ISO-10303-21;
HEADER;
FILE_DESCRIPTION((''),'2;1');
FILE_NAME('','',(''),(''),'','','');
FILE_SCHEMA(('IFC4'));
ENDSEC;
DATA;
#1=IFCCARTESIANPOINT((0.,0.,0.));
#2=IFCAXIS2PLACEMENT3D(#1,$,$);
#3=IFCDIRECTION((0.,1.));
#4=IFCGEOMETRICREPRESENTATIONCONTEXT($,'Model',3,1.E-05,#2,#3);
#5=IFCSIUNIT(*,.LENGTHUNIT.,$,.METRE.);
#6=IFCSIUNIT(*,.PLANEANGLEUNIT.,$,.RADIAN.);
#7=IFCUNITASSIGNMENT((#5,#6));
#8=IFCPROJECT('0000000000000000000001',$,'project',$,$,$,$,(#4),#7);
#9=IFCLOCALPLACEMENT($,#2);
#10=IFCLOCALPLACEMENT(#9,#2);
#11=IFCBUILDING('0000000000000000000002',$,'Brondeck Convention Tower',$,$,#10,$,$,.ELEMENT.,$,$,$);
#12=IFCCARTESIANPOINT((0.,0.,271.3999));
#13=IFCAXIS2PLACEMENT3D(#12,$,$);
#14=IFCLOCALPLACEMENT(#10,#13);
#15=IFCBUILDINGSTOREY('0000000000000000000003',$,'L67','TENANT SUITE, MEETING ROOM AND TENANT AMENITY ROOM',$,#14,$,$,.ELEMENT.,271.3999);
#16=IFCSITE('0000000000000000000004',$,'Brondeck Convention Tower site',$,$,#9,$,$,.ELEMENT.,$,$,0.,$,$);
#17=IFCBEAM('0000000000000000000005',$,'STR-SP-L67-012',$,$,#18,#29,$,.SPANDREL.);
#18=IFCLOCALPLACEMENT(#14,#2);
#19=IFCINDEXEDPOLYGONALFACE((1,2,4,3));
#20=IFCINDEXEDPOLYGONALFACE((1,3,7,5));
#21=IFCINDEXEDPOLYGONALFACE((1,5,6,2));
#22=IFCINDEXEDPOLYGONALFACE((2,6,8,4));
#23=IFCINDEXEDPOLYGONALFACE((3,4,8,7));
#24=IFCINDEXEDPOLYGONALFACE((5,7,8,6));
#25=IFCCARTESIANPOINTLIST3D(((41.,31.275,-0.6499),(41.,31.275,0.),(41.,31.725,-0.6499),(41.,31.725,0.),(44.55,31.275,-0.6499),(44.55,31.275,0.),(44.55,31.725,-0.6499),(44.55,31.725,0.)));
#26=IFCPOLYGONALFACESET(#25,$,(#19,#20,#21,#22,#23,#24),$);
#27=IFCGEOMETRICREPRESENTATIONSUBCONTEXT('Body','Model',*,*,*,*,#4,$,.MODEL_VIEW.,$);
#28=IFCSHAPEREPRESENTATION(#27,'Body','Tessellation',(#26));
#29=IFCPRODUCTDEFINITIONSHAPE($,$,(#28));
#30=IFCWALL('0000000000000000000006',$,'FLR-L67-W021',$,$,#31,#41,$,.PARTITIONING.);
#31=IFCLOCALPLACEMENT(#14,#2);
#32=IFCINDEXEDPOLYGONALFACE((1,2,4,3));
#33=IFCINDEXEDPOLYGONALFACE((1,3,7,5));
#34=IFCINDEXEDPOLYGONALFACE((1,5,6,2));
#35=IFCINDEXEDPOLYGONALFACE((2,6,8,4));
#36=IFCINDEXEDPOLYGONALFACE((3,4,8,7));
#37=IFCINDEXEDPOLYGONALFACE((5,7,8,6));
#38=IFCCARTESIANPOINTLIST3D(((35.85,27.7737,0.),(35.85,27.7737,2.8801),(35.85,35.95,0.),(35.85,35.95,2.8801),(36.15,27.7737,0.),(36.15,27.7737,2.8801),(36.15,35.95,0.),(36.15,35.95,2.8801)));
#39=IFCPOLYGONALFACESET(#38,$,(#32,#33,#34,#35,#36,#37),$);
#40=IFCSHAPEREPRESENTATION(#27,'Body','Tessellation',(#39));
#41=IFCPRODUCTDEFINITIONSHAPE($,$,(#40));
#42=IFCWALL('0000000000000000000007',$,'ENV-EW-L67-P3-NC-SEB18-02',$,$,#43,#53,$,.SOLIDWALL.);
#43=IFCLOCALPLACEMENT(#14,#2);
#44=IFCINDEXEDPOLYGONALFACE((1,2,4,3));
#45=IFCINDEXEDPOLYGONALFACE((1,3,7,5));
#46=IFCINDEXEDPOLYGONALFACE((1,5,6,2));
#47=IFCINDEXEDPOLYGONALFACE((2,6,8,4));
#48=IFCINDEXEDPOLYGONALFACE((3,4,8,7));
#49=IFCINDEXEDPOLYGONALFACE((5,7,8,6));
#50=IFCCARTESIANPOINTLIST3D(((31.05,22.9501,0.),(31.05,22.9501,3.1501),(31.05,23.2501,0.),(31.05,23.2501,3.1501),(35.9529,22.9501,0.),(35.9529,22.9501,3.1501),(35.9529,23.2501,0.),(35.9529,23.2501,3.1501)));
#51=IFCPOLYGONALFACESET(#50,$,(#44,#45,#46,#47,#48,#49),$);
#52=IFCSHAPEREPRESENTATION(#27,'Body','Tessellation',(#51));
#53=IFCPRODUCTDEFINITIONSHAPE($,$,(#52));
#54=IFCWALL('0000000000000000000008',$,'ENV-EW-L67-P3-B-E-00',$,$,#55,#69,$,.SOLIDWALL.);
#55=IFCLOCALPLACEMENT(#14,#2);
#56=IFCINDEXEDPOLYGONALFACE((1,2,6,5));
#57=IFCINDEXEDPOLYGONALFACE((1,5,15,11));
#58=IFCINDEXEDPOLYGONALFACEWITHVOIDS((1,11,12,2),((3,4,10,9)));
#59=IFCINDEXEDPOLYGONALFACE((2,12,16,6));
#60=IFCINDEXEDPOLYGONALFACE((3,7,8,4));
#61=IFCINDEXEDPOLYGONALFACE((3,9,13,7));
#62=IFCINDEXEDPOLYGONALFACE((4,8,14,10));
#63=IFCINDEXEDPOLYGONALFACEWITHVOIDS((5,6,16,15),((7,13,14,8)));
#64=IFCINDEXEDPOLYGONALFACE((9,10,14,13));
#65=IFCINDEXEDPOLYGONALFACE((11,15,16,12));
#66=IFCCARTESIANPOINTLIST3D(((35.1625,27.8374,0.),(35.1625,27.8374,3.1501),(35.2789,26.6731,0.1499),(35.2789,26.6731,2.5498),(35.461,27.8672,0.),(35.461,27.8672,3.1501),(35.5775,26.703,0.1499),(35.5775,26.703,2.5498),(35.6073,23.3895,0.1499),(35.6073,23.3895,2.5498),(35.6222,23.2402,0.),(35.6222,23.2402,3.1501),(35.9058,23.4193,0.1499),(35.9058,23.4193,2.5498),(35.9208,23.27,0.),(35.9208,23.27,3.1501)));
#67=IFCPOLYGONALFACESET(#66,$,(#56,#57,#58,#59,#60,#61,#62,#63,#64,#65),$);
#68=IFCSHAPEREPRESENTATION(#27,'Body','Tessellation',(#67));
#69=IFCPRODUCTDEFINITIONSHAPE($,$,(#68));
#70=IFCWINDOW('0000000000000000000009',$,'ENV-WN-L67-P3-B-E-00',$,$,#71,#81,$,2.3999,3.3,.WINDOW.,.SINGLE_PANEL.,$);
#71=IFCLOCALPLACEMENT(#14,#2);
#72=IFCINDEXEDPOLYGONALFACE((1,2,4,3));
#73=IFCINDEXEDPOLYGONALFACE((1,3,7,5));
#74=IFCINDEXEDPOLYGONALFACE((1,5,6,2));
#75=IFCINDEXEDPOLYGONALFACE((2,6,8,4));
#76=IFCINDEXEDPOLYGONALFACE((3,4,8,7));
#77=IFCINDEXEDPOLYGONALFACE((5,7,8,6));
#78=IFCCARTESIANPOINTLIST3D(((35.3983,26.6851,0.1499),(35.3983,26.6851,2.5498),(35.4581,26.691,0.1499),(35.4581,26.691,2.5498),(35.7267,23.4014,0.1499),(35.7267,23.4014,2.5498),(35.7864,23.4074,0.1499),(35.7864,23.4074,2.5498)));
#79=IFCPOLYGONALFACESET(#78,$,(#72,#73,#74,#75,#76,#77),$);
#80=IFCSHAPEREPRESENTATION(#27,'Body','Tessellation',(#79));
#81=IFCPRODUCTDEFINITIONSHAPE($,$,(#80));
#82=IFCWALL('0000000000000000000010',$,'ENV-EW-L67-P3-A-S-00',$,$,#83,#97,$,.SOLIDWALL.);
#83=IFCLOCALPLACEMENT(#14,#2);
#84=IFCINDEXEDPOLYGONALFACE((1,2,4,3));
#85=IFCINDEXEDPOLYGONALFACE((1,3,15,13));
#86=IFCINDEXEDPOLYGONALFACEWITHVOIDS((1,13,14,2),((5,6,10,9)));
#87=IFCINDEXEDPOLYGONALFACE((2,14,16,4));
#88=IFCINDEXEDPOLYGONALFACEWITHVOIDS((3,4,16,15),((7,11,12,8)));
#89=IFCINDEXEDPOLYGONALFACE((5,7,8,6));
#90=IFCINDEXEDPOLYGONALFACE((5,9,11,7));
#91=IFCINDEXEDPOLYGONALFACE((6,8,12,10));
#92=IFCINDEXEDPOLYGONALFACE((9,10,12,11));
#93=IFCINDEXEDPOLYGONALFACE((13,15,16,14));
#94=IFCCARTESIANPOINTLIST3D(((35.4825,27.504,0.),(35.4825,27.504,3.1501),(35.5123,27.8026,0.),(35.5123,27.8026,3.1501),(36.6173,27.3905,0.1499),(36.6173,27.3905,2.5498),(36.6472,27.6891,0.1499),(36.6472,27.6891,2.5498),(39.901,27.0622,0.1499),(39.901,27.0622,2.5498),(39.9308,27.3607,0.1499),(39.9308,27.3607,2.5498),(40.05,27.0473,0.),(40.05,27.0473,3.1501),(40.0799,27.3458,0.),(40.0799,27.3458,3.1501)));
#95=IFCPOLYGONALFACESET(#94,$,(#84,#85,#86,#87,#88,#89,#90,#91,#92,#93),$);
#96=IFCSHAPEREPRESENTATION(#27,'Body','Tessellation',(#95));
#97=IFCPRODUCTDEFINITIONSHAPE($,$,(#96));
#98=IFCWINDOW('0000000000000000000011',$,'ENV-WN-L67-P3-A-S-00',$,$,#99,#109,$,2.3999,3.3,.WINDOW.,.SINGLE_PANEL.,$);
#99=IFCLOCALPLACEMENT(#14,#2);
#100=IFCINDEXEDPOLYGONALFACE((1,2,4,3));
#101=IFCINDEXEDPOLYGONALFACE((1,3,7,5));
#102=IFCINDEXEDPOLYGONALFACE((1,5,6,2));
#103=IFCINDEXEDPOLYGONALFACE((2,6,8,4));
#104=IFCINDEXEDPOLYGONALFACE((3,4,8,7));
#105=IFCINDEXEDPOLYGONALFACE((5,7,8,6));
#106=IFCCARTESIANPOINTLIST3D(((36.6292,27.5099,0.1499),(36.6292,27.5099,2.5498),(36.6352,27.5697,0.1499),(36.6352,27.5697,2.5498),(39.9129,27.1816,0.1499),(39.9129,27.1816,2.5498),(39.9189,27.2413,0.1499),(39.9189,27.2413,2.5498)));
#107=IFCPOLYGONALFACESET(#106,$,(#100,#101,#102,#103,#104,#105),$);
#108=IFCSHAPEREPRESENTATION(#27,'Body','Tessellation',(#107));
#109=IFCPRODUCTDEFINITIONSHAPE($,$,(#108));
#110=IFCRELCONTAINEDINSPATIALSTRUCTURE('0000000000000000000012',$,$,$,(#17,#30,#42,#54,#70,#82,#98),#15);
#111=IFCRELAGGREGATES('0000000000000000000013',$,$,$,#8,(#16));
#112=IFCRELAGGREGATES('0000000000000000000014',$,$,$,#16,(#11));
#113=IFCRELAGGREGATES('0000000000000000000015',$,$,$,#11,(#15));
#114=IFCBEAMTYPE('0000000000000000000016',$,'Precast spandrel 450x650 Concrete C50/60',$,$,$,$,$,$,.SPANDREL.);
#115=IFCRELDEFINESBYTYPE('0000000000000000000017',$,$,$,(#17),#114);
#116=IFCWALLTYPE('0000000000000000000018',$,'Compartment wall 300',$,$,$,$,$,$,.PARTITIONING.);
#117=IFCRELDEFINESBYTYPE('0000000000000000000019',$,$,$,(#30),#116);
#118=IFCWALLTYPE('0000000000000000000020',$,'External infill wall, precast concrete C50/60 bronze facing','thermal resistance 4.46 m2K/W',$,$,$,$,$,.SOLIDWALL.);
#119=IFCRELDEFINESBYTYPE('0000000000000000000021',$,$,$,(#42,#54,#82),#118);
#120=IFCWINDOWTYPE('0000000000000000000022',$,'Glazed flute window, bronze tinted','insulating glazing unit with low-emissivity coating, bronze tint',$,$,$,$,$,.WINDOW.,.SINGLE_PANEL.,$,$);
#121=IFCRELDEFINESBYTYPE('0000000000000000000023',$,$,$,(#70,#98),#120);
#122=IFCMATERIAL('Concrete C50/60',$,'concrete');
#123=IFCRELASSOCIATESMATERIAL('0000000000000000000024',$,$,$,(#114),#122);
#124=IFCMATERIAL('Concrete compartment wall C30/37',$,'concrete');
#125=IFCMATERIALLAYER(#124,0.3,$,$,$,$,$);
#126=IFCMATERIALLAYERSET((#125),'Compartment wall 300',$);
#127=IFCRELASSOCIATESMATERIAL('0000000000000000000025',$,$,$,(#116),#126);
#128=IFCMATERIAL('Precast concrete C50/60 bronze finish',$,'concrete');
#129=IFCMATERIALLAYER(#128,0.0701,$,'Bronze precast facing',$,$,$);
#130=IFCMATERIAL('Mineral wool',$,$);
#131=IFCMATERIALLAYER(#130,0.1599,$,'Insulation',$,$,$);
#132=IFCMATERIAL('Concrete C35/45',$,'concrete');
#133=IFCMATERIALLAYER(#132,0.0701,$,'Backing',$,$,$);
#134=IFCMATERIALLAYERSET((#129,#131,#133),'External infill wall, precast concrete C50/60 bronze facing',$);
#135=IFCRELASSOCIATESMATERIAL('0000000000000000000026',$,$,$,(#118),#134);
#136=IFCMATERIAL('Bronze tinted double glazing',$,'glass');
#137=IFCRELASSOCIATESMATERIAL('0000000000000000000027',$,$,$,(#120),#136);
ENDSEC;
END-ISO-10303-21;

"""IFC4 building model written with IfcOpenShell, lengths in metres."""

from ifc_helpers import new_model, si_unit, direction, frame, frame_2d, origin, origin_2d, place, context, subcontext, project, spatial, rectangle, extrude, material, layer, layer_set, material_profile, profile_set, type_object, element, fill, save


model = new_model("IFC4")

# Units and contexts
model_context = context("Model", 3, precision=1e-05, world=origin(), true_north=direction((0.0, 1.0)))
body_context = subcontext(model_context, "Body", "Model", "MODEL_VIEW")
ifc_project = project(units=[si_unit("LENGTHUNIT", "METRE"), si_unit("PLANEANGLEUNIT", "RADIAN")], contexts=[model_context])

# Site, building, storey
site_placement = place(None, origin())
site = spatial("IfcSite", under=ifc_project, at=site_placement, Name="Brondeck Convention Tower site", CompositionType="ELEMENT", RefElevation=0.0)
building_placement = place(site_placement, origin())
building = spatial("IfcBuilding", under=site, at=building_placement, Name="Brondeck Convention Tower", CompositionType="ELEMENT")
storey_placement = place(building_placement, frame((0.0, 0.0, 271.3999)))
storey = spatial("IfcBuildingStorey", under=building, at=storey_placement, Name="L67", Description="TENANT SUITE, MEETING ROOM AND TENANT AMENITY ROOM", CompositionType="ELEMENT", Elevation=271.3999)

# Shared definitions
ifc_material_1 = material(Name="Concrete C50/60", Category="concrete")

# Beam
ifc_material_profile_1 = material_profile(ifc_material_1, rectangle(XDim=0.45, YDim=0.6499, at=origin_2d()), Name="Precast spandrel 450x650 Concrete C50/60")
ifc_profile_set_1 = profile_set([ifc_material_profile_1], Name="Concrete C50/60")
beam_type_1 = type_object("IfcBeamType", Name="Precast spandrel 450x650 Concrete C50/60", PredefinedType="SPANDREL", material=ifc_profile_set_1)
beam_1_placement = place(storey_placement, frame((41.0, 31.5, -0.325), z_axis=(1.0, 0.0, 0.0), x_axis=(0.0, 1.0, 0.0)))
element("IfcBeam", 1, at=beam_1_placement, inside=storey, type_object=beam_type_1, Name="STR-SP-L67-012", PredefinedType="SPANDREL", context=body_context, shape_type="SweptSolid", body=[
    extrude(rectangle(XDim=0.45, YDim=0.6499, at=origin_2d()), origin(), (0.0, 0.0, 1.0), 3.55),
])

# Walls
ifc_material_2 = material(Name="Concrete compartment wall C30/37", Category="concrete")
ifc_layer_1 = layer(ifc_material_2, 0.3)
ifc_layer_set_1 = layer_set([ifc_layer_1], Name="Compartment wall 300")
wall_type_1 = type_object("IfcWallType", Name="Compartment wall 300", PredefinedType="PARTITIONING", material=ifc_layer_set_1)
wall_1_placement = place(storey_placement, frame((36.0, 27.7737, 0.0), z_axis=(0.0, 0.0, 1.0), x_axis=(0.0, 1.0, 0.0)))
element("IfcWall", 2, at=wall_1_placement, inside=storey, type_object=wall_type_1, Name="FLR-L67-W021", PredefinedType="PARTITIONING", context=body_context, shape_type="SweptSolid", body=[
    extrude(rectangle(XDim=8.1763, YDim=0.3, at=frame_2d((4.0881, 0.0))), origin(), (0.0, 0.0, 1.0), 2.8801),
])
ifc_material_3 = material(Name="Precast concrete C50/60 bronze finish", Category="concrete")
ifc_layer_2 = layer(ifc_material_3, 0.0701, Name="Bronze precast facing")
ifc_material_4 = material(Name="Mineral wool")
ifc_layer_3 = layer(ifc_material_4, 0.1599, Name="Insulation")
ifc_material_5 = material(Name="Concrete C35/45", Category="concrete")
ifc_layer_4 = layer(ifc_material_5, 0.0701, Name="Backing")
ifc_layer_set_2 = layer_set([ifc_layer_2, ifc_layer_3, ifc_layer_4], Name="External infill wall, precast concrete C50/60 bronze facing")
wall_type_2 = type_object("IfcWallType", Name="External infill wall, precast concrete C50/60 bronze facing", Description="thermal resistance 4.46 m2K/W", PredefinedType="SOLIDWALL", material=ifc_layer_set_2)
wall_2_placement = place(storey_placement, frame((35.9529, 23.1001, 0.0), z_axis=(0.0, 0.0, 1.0), x_axis=(-1.0, 0.0, 0.0)))
element("IfcWall", 3, at=wall_2_placement, inside=storey, type_object=wall_type_2, Name="ENV-EW-L67-P3-NC-SEB18-02", PredefinedType="SOLIDWALL", context=body_context, shape_type="SweptSolid", body=[
    extrude(rectangle(XDim=4.9028, YDim=0.3, at=frame_2d((2.4514, 0.0))), origin(), (0.0, 0.0, 1.0), 3.1501),
])

# Walls, openings, windows
wall_3_placement = place(storey_placement, frame((35.3118, 27.8523, 0.0), z_axis=(0.0, 0.0, 1.0), x_axis=(0.099504, -0.995037, 0.0)))
wall_3 = element("IfcWall", 4, at=wall_3_placement, inside=storey, type_object=wall_type_2, Name="ENV-EW-L67-P3-B-E-00", PredefinedType="SOLIDWALL", context=body_context, shape_type="SweptSolid", body=[
    extrude(rectangle(XDim=4.6201, YDim=0.3, at=frame_2d((2.3101, 0.0))), origin(), (0.0, 0.0, 1.0), 3.1501),
])
opening_1_placement = place(wall_3_placement, frame((1.1702, 0.0, 0.1499)))
opening_1 = element("IfcOpeningElement", 5, at=opening_1_placement, cuts=wall_3, PredefinedType="OPENING", context=body_context, shape_type="SweptSolid", body=[
    extrude(rectangle(XDim=3.3, YDim=2.3999, at=frame_2d((1.6499, 1.2))), frame((0.0, 0.1599, 0.0), z_axis=(0.0, -1.0, 0.0), x_axis=(1.0, 0.0, 0.0)), (0.0, 0.0, 1.0), 0.3201),
])
ifc_material_6 = material(Name="Bronze tinted double glazing", Category="glass")
window_type = type_object("IfcWindowType", Name="Glazed flute window, bronze tinted", Description="insulating glazing unit with low-emissivity coating, bronze tint", PartitioningType="SINGLE_PANEL", PredefinedType="WINDOW", material=ifc_material_6)
window_1_placement = place(opening_1_placement, origin())
window_1 = element("IfcWindow", 6, at=window_1_placement, inside=storey, type_object=window_type, Name="ENV-WN-L67-P3-B-E-00", OverallHeight=2.3999, OverallWidth=3.3, PartitioningType="SINGLE_PANEL", PredefinedType="WINDOW", context=body_context, shape_type="SweptSolid", body=[
    extrude(rectangle(XDim=3.3, YDim=2.3999, at=frame_2d((1.6499, 1.2))), frame((0.0, 0.03, 0.0), z_axis=(0.0, -1.0, 0.0), x_axis=(1.0, 0.0, 0.0)), (0.0, 0.0, 1.0), 0.0601),
])
fill(opening_1, window_1)
wall_4_placement = place(storey_placement, frame((40.0649, 27.1965, 0.0), z_axis=(0.0, 0.0, 1.0), x_axis=(-0.995037, 0.099509, 0.0)))
wall_4 = element("IfcWall", 7, at=wall_4_placement, inside=storey, type_object=wall_type_2, Name="ENV-EW-L67-P3-A-S-00", PredefinedType="SOLIDWALL", context=body_context, shape_type="SweptSolid", body=[
    extrude(rectangle(XDim=4.5903, YDim=0.3, at=frame_2d((2.2952, 0.0))), origin(), (0.0, 0.0, 1.0), 3.1501),
])
opening_2_placement = place(wall_4_placement, frame((0.1499, 0.0, 0.1499)))
opening_2 = element("IfcOpeningElement", 8, at=opening_2_placement, cuts=wall_4, PredefinedType="OPENING", context=body_context, shape_type="SweptSolid", body=[
    extrude(rectangle(XDim=3.3, YDim=2.3999, at=frame_2d((1.6499, 1.2))), frame((0.0, 0.1599, 0.0), z_axis=(0.0, -1.0, 0.0), x_axis=(1.0, 0.0, 0.0)), (0.0, 0.0, 1.0), 0.3201),
])
window_2_placement = place(opening_2_placement, origin())
window_2 = element("IfcWindow", 9, at=window_2_placement, inside=storey, type_object=window_type, Name="ENV-WN-L67-P3-A-S-00", OverallHeight=2.3999, OverallWidth=3.3, PartitioningType="SINGLE_PANEL", PredefinedType="WINDOW", context=body_context, shape_type="SweptSolid", body=[
    extrude(rectangle(XDim=3.3, YDim=2.3999, at=frame_2d((1.6499, 1.2))), frame((0.0, 0.03, 0.0), z_axis=(0.0, -1.0, 0.0), x_axis=(1.0, 0.0, 0.0)), (0.0, 0.0, 1.0), 0.0601),
])
fill(opening_2, window_2)

save(model, "model.ifc")
